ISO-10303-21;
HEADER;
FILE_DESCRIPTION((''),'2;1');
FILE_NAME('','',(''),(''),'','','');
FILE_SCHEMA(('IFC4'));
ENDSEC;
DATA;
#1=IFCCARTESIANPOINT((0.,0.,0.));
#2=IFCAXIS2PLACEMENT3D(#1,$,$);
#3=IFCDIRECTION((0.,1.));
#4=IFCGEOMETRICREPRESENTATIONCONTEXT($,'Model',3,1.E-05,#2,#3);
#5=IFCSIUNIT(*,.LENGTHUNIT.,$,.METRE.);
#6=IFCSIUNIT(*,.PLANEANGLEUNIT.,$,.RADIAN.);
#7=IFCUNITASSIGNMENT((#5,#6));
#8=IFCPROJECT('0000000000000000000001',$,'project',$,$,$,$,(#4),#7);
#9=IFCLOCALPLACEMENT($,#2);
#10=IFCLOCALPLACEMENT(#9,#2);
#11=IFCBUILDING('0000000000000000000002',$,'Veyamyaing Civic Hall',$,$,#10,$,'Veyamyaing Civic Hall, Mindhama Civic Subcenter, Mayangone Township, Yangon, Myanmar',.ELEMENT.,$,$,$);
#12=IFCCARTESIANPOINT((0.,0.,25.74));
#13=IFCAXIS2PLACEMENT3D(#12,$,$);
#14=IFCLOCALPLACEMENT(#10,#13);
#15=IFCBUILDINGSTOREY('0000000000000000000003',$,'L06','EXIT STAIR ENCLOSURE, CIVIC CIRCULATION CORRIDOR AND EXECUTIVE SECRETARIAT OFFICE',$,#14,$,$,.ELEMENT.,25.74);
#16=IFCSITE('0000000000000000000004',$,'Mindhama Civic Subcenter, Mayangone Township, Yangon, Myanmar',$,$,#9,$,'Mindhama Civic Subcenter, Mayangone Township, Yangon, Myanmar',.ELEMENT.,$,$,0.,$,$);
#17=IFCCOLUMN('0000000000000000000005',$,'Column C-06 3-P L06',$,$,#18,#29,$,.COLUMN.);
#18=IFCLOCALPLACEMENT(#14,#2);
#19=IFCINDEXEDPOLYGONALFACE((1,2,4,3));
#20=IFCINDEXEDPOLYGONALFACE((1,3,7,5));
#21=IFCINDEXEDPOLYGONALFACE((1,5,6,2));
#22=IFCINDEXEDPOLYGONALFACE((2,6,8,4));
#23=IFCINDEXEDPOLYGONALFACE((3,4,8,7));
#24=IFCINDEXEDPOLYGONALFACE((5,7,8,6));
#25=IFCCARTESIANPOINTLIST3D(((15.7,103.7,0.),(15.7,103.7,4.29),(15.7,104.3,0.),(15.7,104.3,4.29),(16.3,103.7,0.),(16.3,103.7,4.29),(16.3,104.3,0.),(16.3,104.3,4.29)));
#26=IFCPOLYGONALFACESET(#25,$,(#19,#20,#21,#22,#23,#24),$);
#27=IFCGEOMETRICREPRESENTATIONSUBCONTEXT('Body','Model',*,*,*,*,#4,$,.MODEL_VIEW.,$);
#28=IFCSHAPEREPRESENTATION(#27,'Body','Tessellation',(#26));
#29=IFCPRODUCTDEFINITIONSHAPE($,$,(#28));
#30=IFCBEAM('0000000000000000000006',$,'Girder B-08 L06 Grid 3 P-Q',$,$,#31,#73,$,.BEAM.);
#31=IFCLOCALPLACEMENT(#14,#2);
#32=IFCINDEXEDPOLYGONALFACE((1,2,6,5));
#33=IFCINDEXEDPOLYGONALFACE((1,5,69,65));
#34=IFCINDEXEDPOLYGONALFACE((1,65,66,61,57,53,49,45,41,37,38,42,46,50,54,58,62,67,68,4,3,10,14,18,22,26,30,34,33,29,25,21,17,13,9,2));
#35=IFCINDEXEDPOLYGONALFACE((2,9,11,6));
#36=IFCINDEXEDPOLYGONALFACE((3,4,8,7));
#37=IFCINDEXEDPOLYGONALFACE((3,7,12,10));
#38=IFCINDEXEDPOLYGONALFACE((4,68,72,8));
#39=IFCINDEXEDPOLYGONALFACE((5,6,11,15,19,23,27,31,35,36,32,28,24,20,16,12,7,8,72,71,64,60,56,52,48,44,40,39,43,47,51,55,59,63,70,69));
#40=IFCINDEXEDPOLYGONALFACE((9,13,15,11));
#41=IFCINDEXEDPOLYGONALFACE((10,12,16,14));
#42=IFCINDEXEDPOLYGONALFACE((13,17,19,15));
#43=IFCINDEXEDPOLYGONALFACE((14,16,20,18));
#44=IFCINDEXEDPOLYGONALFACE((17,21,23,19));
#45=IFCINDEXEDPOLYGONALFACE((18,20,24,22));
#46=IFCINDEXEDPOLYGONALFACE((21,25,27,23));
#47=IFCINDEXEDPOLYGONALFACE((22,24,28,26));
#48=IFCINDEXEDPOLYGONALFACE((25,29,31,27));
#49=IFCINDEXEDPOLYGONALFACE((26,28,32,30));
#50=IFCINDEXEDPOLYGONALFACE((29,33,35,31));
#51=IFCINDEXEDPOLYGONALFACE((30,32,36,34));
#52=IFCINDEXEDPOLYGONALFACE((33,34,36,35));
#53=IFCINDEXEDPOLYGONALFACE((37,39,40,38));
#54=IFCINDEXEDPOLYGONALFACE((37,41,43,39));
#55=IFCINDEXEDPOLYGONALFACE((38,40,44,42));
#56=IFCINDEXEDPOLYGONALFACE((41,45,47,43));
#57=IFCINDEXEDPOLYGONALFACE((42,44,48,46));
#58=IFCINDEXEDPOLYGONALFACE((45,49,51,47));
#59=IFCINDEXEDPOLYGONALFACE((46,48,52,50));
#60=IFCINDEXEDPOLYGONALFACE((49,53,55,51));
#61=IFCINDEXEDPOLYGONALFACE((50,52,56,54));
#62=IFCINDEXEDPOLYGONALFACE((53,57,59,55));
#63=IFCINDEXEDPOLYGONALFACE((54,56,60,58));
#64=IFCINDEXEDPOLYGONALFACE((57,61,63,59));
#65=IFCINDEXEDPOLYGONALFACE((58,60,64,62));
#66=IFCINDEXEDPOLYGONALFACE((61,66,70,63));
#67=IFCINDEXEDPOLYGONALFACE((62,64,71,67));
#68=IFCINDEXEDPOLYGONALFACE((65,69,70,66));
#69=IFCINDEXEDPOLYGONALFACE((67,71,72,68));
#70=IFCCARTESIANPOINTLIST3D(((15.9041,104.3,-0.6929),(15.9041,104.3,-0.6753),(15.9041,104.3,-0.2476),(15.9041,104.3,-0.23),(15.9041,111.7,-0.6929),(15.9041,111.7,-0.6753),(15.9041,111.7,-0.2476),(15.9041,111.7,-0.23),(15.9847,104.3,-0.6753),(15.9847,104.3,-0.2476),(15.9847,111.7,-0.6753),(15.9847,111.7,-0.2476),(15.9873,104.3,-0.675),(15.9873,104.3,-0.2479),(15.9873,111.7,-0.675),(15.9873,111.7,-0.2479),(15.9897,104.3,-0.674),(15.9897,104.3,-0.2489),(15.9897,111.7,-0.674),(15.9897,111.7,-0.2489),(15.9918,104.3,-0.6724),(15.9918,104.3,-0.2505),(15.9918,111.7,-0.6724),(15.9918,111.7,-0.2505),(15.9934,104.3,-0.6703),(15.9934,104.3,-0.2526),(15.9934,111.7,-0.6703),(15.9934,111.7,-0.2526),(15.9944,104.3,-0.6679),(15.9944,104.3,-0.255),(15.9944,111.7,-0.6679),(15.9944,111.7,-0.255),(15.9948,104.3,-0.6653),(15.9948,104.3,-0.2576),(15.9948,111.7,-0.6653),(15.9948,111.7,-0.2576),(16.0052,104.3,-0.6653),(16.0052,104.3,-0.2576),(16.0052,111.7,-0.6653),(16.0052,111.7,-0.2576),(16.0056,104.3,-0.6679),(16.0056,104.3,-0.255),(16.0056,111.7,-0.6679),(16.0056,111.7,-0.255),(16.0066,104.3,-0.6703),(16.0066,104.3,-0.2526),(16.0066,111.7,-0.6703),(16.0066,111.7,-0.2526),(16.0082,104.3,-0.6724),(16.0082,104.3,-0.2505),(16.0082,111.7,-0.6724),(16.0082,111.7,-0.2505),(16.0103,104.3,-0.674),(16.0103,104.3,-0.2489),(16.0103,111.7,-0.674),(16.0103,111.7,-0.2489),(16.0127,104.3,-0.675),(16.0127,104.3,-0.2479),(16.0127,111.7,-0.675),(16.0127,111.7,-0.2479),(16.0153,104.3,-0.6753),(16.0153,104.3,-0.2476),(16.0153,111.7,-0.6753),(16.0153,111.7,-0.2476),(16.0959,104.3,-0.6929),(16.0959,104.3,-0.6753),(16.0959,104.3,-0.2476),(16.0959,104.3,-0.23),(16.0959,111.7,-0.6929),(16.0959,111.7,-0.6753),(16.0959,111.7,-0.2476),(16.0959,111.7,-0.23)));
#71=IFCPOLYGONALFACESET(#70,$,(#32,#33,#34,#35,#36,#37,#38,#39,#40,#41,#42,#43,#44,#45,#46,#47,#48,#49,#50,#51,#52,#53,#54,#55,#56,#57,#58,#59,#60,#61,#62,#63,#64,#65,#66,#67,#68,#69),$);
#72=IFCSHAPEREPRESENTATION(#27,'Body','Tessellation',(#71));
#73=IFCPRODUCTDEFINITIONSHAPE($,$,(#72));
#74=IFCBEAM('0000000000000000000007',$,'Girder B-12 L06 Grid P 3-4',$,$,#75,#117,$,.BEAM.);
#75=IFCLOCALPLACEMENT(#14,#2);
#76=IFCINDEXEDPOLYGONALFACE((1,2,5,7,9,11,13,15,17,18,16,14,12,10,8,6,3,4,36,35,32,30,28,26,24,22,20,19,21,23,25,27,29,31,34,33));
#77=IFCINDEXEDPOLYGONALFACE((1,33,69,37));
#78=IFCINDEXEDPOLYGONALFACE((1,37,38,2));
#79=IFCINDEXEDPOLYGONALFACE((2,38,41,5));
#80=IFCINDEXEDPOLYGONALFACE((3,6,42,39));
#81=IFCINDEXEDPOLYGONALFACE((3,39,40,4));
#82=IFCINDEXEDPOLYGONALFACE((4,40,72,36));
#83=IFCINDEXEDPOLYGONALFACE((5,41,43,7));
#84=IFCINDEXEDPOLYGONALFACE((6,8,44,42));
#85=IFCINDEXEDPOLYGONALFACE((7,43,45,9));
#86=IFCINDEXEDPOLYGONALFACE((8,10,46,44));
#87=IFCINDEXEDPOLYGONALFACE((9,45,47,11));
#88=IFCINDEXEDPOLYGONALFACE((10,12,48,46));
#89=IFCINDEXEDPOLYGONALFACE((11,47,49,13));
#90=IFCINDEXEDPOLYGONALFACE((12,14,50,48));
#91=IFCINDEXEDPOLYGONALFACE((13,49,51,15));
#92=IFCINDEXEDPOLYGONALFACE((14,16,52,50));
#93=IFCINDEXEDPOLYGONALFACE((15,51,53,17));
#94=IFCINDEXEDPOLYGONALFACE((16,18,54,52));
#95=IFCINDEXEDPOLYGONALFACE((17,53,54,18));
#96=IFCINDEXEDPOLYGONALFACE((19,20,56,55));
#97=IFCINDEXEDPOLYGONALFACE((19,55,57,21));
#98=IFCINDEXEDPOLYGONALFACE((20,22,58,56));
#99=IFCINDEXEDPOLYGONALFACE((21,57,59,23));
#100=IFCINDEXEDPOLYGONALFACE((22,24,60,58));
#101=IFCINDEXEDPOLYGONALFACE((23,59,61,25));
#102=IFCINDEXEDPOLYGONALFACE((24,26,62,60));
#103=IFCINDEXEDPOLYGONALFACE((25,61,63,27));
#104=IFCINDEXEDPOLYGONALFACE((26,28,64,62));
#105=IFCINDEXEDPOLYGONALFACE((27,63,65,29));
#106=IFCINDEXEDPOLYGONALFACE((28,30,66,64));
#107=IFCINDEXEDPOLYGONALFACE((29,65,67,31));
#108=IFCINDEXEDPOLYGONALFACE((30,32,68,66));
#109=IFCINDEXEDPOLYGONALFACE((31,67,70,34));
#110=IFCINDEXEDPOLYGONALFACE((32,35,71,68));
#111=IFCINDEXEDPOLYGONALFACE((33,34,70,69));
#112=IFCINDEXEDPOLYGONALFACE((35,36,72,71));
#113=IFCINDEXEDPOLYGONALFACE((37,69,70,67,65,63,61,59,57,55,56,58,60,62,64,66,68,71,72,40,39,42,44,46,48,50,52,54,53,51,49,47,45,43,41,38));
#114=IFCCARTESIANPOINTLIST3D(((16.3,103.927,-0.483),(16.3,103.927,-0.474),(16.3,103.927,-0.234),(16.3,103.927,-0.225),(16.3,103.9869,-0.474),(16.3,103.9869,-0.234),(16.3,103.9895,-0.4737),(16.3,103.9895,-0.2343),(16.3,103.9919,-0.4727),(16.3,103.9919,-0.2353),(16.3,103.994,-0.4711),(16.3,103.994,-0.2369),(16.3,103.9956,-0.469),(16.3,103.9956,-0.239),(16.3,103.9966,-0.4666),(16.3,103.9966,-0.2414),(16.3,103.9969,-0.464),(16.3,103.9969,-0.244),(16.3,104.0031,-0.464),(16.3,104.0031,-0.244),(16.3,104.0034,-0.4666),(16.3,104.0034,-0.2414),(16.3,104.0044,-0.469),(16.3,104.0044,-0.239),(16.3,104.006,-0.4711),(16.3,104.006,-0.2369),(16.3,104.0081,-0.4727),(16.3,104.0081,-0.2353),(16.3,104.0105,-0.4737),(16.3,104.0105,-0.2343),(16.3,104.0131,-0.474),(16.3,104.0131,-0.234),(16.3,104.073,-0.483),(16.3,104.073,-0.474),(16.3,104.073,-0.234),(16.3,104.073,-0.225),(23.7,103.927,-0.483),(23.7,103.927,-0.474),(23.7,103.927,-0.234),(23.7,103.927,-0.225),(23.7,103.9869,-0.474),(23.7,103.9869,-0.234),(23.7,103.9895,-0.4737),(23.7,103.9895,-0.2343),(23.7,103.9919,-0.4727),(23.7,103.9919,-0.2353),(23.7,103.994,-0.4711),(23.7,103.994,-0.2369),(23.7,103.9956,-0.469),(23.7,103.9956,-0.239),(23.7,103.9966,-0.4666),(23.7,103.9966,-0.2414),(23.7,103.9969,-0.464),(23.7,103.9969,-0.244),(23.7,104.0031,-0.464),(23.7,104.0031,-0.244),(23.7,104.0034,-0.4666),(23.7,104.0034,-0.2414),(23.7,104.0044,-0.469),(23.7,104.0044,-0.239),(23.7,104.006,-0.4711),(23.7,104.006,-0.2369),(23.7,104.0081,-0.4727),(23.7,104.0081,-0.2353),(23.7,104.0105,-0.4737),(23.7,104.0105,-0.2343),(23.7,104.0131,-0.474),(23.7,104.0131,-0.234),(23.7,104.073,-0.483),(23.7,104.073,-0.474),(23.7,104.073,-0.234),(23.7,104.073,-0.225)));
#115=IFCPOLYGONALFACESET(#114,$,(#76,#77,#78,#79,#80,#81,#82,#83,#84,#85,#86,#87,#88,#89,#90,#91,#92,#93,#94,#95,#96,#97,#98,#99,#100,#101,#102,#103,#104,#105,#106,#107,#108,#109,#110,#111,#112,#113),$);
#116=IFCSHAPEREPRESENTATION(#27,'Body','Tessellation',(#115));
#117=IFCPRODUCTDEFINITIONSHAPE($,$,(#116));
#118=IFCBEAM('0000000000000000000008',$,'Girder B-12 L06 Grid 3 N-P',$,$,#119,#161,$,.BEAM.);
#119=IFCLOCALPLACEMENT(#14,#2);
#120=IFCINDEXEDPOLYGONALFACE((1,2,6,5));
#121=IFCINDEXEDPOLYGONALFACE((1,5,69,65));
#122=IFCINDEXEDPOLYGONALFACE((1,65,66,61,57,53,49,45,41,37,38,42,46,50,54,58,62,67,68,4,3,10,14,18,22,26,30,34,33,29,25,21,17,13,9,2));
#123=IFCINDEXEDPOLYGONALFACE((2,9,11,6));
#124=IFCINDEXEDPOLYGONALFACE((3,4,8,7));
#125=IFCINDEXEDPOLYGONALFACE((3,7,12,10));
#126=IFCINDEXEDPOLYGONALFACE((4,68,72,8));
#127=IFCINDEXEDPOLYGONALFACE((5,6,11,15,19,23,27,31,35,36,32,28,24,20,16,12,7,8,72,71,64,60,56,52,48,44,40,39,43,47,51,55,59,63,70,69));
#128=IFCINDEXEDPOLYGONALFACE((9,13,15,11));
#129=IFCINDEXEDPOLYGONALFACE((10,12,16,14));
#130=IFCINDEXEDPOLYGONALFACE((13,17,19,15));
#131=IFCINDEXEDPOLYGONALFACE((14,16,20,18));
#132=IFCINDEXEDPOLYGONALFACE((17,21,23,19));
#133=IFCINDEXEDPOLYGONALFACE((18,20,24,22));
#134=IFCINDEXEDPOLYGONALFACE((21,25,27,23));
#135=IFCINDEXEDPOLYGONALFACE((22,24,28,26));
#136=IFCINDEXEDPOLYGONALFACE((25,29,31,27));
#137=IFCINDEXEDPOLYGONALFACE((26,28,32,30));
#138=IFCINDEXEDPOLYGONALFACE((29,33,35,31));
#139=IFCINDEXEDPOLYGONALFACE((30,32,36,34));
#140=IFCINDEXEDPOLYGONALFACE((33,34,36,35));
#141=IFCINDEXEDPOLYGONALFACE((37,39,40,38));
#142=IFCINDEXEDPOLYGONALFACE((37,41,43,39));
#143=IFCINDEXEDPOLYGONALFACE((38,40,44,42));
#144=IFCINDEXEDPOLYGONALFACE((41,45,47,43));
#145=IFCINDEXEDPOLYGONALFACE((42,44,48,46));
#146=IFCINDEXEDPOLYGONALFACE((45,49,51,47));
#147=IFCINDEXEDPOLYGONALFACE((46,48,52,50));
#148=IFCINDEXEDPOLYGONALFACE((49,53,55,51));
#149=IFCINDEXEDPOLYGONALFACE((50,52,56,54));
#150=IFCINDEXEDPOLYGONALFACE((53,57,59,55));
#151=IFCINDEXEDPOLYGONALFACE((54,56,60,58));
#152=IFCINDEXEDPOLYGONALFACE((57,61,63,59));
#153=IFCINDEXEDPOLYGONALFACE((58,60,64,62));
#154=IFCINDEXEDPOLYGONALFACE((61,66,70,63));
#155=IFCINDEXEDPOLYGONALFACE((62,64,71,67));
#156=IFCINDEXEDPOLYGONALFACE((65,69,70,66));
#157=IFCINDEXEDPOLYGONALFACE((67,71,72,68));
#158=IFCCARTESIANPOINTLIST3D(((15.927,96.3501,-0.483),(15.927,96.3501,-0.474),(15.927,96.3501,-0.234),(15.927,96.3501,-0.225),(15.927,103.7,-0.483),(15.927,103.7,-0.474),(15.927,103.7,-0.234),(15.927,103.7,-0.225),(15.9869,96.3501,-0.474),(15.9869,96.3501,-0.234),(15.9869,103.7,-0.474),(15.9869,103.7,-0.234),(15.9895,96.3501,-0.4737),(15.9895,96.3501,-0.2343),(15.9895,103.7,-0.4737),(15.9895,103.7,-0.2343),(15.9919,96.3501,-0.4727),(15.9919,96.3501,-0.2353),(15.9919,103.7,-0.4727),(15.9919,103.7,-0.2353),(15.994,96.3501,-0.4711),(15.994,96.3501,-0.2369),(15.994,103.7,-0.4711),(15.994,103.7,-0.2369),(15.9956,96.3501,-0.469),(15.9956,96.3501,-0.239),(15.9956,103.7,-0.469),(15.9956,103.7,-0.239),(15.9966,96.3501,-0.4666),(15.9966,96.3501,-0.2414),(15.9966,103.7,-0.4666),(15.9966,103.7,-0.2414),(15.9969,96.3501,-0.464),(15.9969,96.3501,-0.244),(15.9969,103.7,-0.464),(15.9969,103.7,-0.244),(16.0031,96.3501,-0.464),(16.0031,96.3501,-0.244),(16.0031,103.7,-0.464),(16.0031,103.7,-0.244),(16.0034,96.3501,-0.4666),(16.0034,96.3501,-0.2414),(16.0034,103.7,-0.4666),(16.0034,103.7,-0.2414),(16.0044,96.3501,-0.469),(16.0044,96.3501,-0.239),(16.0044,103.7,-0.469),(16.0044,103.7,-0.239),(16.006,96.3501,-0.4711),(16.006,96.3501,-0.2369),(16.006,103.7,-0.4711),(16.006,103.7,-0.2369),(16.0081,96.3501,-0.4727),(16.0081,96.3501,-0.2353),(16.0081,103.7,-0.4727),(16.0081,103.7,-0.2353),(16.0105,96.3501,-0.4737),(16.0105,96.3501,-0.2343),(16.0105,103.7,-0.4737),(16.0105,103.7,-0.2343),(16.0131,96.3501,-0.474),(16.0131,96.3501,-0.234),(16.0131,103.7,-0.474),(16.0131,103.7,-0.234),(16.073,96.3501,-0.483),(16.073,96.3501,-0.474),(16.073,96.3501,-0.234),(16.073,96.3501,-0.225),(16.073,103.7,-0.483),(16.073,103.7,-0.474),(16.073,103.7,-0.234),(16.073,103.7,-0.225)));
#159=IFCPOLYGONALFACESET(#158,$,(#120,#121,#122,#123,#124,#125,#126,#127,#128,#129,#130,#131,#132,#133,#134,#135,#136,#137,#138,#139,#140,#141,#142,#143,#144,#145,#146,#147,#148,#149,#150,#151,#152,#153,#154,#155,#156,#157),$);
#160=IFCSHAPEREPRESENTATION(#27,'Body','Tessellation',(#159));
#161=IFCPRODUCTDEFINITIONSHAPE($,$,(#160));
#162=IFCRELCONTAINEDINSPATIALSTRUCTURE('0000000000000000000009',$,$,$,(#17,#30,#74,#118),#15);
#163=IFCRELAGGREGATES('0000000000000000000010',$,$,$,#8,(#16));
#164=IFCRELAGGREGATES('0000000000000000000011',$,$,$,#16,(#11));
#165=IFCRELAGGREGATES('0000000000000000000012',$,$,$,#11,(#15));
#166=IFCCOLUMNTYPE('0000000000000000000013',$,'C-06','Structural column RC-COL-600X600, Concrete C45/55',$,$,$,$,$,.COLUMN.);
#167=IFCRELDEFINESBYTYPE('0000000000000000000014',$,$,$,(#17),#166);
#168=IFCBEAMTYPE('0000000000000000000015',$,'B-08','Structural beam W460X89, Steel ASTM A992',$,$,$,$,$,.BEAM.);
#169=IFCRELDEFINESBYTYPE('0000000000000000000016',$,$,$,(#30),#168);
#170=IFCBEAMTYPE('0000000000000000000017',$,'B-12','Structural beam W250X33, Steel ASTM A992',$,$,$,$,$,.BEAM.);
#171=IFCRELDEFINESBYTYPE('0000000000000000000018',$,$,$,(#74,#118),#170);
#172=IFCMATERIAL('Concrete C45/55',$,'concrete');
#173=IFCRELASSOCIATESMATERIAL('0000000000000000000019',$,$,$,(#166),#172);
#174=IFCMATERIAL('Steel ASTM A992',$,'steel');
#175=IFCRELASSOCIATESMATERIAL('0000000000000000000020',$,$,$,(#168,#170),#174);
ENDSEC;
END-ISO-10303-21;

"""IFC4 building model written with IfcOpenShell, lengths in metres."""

from ifc_helpers import new_model, si_unit, direction, frame, origin, origin_2d, place, context, subcontext, project, spatial, rectangle, i_section, extrude, material, material_profile, profile_set, type_object, element, save


model = new_model("IFC4")

# Units and contexts
model_context = context("Model", 3, precision=1e-05, world=origin(), true_north=direction((0.0, 1.0)))
body_context = subcontext(model_context, "Body", "Model", "MODEL_VIEW")
ifc_project = project(units=[si_unit("LENGTHUNIT", "METRE"), si_unit("PLANEANGLEUNIT", "RADIAN")], contexts=[model_context])

# Site, building, storey
site_placement = place(None, origin())
site = spatial("IfcSite", under=ifc_project, at=site_placement, Name="Mindhama Civic Subcenter, Mayangone Township, Yangon, Myanmar", LongName="Mindhama Civic Subcenter, Mayangone Township, Yangon, Myanmar", CompositionType="ELEMENT", RefElevation=0.0)
building_placement = place(site_placement, origin())
building = spatial("IfcBuilding", under=site, at=building_placement, Name="Veyamyaing Civic Hall", LongName="Veyamyaing Civic Hall, Mindhama Civic Subcenter, Mayangone Township, Yangon, Myanmar", CompositionType="ELEMENT")
storey_placement = place(building_placement, frame((0.0, 0.0, 25.74)))
storey = spatial("IfcBuildingStorey", under=building, at=storey_placement, Name="L06", Description="EXIT STAIR ENCLOSURE, CIVIC CIRCULATION CORRIDOR AND EXECUTIVE SECRETARIAT OFFICE", CompositionType="ELEMENT", Elevation=25.74)

# Column
ifc_material_1 = material(Name="Concrete C45/55", Category="concrete")
ifc_material_profile_1 = material_profile(ifc_material_1, rectangle(XDim=0.6001, YDim=0.6001, at=origin_2d()), Name="RC-COL-600X600")
ifc_profile_set_1 = profile_set([ifc_material_profile_1], Name="Concrete C45/55")
column_type = type_object("IfcColumnType", Name="C-06", Description="Structural column RC-COL-600X600, Concrete C45/55", PredefinedType="COLUMN", material=ifc_profile_set_1)
column_placement = place(storey_placement, frame((16.0, 104.0, 0.0), z_axis=(0.0, 0.0, 1.0), x_axis=(1.0, 0.0, 0.0)))
element("IfcColumn", 1, at=column_placement, inside=storey, type_object=column_type, Name="Column C-06 3-P L06", PredefinedType="COLUMN", context=body_context, shape_type="SweptSolid", body=[
    extrude(rectangle(XDim=0.6001, YDim=0.6001, at=origin_2d()), origin(), (0.0, 0.0, 1.0), 4.29),
])

# Beams
ifc_material_2 = material(Name="Steel ASTM A992", Category="steel")
ifc_material_profile_2 = material_profile(ifc_material_2, i_section(OverallWidth=0.1919, OverallDepth=0.4629, WebThickness=0.0105, FlangeThickness=0.0176, FilletRadius=0.01, at=origin_2d()), Name="W460X89")
ifc_profile_set_2 = profile_set([ifc_material_profile_2], Name="Steel ASTM A992")
beam_type_1 = type_object("IfcBeamType", Name="B-08", Description="Structural beam W460X89, Steel ASTM A992", PredefinedType="BEAM", material=ifc_profile_set_2)
beam_1_placement = place(storey_placement, frame((16.0, 104.3, -0.4614), z_axis=(0.0, 1.0, 0.0), x_axis=(-1.0, 0.0, 0.0)))
element("IfcBeam", 2, at=beam_1_placement, inside=storey, type_object=beam_type_1, Name="Girder B-08 L06 Grid 3 P-Q", PredefinedType="BEAM", context=body_context, shape_type="SweptSolid", body=[
    extrude(i_section(OverallWidth=0.1919, OverallDepth=0.4629, WebThickness=0.0105, FlangeThickness=0.0176, FilletRadius=0.01, at=origin_2d()), origin(), (0.0, 0.0, 1.0), 7.3999),
])
ifc_material_profile_3 = material_profile(ifc_material_2, i_section(OverallWidth=0.146, OverallDepth=0.2581, WebThickness=0.0061, FlangeThickness=0.009, FilletRadius=0.01, at=origin_2d()), Name="W250X33")
ifc_profile_set_3 = profile_set([ifc_material_profile_3], Name="Steel ASTM A992")
beam_type_2 = type_object("IfcBeamType", Name="B-12", Description="Structural beam W250X33, Steel ASTM A992", PredefinedType="BEAM", material=ifc_profile_set_3)
beam_2_placement = place(storey_placement, frame((16.3, 104.0, -0.354), z_axis=(1.0, 0.0, 0.0), x_axis=(0.0, 1.0, 0.0)))
element("IfcBeam", 3, at=beam_2_placement, inside=storey, type_object=beam_type_2, Name="Girder B-12 L06 Grid P 3-4", PredefinedType="BEAM", context=body_context, shape_type="SweptSolid", body=[
    extrude(i_section(OverallWidth=0.146, OverallDepth=0.2581, WebThickness=0.0061, FlangeThickness=0.009, FilletRadius=0.01, at=origin_2d()), origin(), (0.0, 0.0, 1.0), 7.3999),
])
beam_3_placement = place(storey_placement, frame((16.0, 96.3501, -0.354), z_axis=(0.0, 1.0, 0.0), x_axis=(-1.0, 0.0, 0.0)))
element("IfcBeam", 4, at=beam_3_placement, inside=storey, type_object=beam_type_2, Name="Girder B-12 L06 Grid 3 N-P", PredefinedType="BEAM", context=body_context, shape_type="SweptSolid", body=[
    extrude(i_section(OverallWidth=0.146, OverallDepth=0.2581, WebThickness=0.0061, FlangeThickness=0.009, FilletRadius=0.01, at=origin_2d()), origin(), (0.0, 0.0, 1.0), 7.3499),
])

save(model, "model.ifc")
